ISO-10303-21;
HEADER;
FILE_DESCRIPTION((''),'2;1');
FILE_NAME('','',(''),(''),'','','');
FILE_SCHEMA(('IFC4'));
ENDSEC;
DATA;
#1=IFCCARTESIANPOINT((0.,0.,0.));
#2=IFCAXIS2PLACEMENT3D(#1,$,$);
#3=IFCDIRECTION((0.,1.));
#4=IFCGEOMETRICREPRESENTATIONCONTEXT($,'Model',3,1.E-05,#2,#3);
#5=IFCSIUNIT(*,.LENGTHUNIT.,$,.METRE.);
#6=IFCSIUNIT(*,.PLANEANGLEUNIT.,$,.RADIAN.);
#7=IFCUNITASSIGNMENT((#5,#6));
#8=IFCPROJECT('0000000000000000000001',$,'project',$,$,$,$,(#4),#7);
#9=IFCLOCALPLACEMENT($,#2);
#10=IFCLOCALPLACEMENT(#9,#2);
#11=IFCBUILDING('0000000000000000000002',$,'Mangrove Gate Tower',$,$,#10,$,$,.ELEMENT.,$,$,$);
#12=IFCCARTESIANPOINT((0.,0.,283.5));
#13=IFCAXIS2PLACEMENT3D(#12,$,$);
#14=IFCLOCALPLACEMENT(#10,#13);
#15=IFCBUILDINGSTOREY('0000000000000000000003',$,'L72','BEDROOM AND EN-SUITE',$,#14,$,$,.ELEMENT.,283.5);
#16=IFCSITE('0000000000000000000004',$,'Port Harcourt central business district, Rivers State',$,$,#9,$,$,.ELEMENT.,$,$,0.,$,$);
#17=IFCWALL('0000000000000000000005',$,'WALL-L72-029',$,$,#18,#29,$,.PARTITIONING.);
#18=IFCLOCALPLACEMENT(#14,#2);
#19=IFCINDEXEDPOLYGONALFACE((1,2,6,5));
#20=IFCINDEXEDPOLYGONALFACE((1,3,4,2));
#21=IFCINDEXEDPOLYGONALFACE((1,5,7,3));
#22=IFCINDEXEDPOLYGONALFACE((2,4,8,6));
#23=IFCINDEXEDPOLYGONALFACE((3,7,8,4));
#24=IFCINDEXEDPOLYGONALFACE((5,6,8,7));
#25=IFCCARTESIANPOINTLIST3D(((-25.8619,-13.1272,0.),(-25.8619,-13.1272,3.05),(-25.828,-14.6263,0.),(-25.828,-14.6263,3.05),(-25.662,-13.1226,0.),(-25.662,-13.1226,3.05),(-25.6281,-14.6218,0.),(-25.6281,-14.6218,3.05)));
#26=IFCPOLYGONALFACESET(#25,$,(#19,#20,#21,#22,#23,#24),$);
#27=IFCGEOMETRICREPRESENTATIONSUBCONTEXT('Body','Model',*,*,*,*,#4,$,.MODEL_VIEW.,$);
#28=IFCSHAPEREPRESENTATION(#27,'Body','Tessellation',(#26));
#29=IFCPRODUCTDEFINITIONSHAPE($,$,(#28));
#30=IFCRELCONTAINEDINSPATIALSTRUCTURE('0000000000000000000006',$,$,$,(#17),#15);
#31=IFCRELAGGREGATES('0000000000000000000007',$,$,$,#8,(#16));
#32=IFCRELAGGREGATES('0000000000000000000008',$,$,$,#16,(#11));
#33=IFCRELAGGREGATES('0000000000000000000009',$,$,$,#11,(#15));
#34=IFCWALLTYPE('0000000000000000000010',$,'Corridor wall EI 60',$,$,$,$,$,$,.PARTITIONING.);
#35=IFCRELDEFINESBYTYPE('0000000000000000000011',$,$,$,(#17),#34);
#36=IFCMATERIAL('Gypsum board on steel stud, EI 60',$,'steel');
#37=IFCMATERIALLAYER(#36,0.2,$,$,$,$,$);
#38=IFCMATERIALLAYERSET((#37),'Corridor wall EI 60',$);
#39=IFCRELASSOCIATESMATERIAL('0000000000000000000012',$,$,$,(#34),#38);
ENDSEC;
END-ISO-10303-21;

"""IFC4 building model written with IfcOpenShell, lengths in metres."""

from ifc_helpers import new_model, si_unit, direction, frame, frame_2d, origin, place, context, subcontext, project, spatial, rectangle, extrude, material, layer, layer_set, type_object, element, save


model = new_model("IFC4")

# Units and contexts
model_context = context("Model", 3, precision=1e-05, world=origin(), true_north=direction((0.0, 1.0)))
body_context = subcontext(model_context, "Body", "Model", "MODEL_VIEW")
ifc_project = project(units=[si_unit("LENGTHUNIT", "METRE"), si_unit("PLANEANGLEUNIT", "RADIAN")], contexts=[model_context])

# Site, building, storey
site_placement = place(None, origin())
site = spatial("IfcSite", under=ifc_project, at=site_placement, Name="Port Harcourt central business district, Rivers State", CompositionType="ELEMENT", RefElevation=0.0)
building_placement = place(site_placement, origin())
building = spatial("IfcBuilding", under=site, at=building_placement, Name="Mangrove Gate Tower", CompositionType="ELEMENT")
storey_placement = place(building_placement, frame((0.0, 0.0, 283.5)))
storey = spatial("IfcBuildingStorey", under=building, at=storey_placement, Name="L72", Description="BEDROOM AND EN-SUITE", CompositionType="ELEMENT", Elevation=283.5)

# Shared definitions
ifc_material_1 = material(Name="Gypsum board on steel stud, EI 60", Category="steel")
ifc_layer = layer(ifc_material_1, 0.2)
ifc_layer_set = layer_set([ifc_layer], Name="Corridor wall EI 60")
wall_type = type_object("IfcWallType", Name="Corridor wall EI 60", PredefinedType="PARTITIONING", material=ifc_layer_set)

# Wall
wall_1_placement = place(storey_placement, frame((-25.728, -14.624, 0.0), z_axis=(0.0, 0.0, 1.0), x_axis=(-0.022633, 0.999744, 0.0)))
element("IfcWall", 1, at=wall_1_placement, inside=storey, type_object=wall_type, Name="WALL-L72-029", PredefinedType="PARTITIONING", context=body_context, shape_type="SweptSolid", body=[
    extrude(rectangle(XDim=1.4995, YDim=0.2, at=frame_2d((0.7498, 0.0))), origin(), (0.0, 0.0, 1.0), 3.05),
])

save(model, "model.ifc")
